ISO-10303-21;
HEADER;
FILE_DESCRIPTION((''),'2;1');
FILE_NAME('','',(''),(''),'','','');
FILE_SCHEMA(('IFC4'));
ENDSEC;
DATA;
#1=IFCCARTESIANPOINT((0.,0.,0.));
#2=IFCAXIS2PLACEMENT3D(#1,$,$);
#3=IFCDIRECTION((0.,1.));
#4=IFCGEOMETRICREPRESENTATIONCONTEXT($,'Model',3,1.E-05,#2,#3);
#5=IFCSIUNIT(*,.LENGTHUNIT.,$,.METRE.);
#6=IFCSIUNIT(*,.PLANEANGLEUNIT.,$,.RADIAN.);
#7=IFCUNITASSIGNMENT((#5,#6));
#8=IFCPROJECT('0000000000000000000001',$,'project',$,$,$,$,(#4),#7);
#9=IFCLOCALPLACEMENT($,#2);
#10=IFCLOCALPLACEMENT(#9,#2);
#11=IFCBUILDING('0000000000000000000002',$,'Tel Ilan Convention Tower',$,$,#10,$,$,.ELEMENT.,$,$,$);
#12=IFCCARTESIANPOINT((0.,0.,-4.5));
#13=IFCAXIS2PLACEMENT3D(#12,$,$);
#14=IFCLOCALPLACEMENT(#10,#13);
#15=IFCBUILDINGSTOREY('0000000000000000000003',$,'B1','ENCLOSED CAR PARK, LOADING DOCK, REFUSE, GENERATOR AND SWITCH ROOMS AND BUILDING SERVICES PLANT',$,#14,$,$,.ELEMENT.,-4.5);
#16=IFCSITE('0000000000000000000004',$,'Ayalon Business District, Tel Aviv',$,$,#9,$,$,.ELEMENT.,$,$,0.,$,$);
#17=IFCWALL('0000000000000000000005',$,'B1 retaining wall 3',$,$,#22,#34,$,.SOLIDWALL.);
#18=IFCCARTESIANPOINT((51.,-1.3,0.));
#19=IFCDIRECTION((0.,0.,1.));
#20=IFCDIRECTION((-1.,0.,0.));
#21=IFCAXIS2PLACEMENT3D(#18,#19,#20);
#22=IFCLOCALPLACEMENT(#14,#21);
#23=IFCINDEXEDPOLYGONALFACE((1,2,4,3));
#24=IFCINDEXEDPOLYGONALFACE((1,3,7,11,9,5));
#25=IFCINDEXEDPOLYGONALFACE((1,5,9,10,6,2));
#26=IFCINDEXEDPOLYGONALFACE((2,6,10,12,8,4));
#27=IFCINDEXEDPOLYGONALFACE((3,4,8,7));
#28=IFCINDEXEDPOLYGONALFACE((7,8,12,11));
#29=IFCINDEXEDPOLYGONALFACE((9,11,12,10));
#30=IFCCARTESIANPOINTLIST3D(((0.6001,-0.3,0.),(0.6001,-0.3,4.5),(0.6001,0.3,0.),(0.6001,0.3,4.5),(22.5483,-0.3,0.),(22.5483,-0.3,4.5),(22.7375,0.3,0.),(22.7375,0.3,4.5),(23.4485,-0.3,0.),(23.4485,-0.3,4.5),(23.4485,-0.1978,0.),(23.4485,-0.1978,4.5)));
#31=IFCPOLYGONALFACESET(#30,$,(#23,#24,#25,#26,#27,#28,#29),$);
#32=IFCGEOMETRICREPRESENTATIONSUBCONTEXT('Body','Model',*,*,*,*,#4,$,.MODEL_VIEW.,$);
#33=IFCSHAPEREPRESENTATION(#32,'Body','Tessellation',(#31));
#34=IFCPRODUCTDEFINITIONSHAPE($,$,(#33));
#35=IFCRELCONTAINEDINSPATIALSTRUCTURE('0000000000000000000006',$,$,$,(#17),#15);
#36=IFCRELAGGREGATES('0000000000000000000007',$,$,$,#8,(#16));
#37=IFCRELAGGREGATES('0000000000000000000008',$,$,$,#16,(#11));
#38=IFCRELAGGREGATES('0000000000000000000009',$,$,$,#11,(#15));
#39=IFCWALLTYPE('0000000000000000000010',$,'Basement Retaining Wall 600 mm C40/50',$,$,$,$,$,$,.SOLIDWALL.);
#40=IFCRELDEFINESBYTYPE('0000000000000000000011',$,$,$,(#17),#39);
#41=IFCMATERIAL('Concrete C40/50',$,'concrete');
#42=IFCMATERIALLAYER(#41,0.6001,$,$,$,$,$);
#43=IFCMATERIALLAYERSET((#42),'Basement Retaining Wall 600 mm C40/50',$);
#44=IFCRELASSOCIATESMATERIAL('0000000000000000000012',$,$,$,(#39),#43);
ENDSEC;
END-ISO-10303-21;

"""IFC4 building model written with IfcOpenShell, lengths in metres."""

from ifc_helpers import new_model, si_unit, direction, frame, origin, place, context, subcontext, project, spatial, polyline, outline, extrude, material, layer, layer_set, type_object, element, save


model = new_model("IFC4")

# Units and contexts
model_context = context("Model", 3, precision=1e-05, world=origin(), true_north=direction((0.0, 1.0)))
body_context = subcontext(model_context, "Body", "Model", "MODEL_VIEW")
ifc_project = project(units=[si_unit("LENGTHUNIT", "METRE"), si_unit("PLANEANGLEUNIT", "RADIAN")], contexts=[model_context])

# Site, building, storey
site_placement = place(None, origin())
site = spatial("IfcSite", under=ifc_project, at=site_placement, Name="Ayalon Business District, Tel Aviv", CompositionType="ELEMENT", RefElevation=0.0)
building_placement = place(site_placement, origin())
building = spatial("IfcBuilding", under=site, at=building_placement, Name="Tel Ilan Convention Tower", CompositionType="ELEMENT")
storey_placement = place(building_placement, frame((0.0, 0.0, -4.5)))
storey = spatial("IfcBuildingStorey", under=building, at=storey_placement, Name="B1", Description="ENCLOSED CAR PARK, LOADING DOCK, REFUSE, GENERATOR AND SWITCH ROOMS AND BUILDING SERVICES PLANT", CompositionType="ELEMENT", Elevation=-4.5)

# Wall
ifc_material_1 = material(Name="Concrete C40/50", Category="concrete")
ifc_layer_1 = layer(ifc_material_1, 0.6001)
ifc_layer_set_1 = layer_set([ifc_layer_1], Name="Basement Retaining Wall 600 mm C40/50")
wall_type_1 = type_object("IfcWallType", Name="Basement Retaining Wall 600 mm C40/50", PredefinedType="SOLIDWALL", material=ifc_layer_set_1)
wall_1_placement = place(storey_placement, frame((51.0, -1.3, 0.0), z_axis=(0.0, 0.0, 1.0), x_axis=(-1.0, 0.0, 0.0)))
element("IfcWall", 1, at=wall_1_placement, inside=storey, type_object=wall_type_1, Name="B1 retaining wall 3", PredefinedType="SOLIDWALL", context=body_context, shape_type="SweptSolid", body=[
    extrude(outline(polyline([(22.7375, 0.3), (23.4485, -0.1978), (23.4485, -0.3), (22.5483, -0.3), (0.6001, -0.3), (0.6001, 0.3), (22.7375, 0.3)])), origin(), (0.0, 0.0, 1.0), 4.5),
])

save(model, "model.ifc")
